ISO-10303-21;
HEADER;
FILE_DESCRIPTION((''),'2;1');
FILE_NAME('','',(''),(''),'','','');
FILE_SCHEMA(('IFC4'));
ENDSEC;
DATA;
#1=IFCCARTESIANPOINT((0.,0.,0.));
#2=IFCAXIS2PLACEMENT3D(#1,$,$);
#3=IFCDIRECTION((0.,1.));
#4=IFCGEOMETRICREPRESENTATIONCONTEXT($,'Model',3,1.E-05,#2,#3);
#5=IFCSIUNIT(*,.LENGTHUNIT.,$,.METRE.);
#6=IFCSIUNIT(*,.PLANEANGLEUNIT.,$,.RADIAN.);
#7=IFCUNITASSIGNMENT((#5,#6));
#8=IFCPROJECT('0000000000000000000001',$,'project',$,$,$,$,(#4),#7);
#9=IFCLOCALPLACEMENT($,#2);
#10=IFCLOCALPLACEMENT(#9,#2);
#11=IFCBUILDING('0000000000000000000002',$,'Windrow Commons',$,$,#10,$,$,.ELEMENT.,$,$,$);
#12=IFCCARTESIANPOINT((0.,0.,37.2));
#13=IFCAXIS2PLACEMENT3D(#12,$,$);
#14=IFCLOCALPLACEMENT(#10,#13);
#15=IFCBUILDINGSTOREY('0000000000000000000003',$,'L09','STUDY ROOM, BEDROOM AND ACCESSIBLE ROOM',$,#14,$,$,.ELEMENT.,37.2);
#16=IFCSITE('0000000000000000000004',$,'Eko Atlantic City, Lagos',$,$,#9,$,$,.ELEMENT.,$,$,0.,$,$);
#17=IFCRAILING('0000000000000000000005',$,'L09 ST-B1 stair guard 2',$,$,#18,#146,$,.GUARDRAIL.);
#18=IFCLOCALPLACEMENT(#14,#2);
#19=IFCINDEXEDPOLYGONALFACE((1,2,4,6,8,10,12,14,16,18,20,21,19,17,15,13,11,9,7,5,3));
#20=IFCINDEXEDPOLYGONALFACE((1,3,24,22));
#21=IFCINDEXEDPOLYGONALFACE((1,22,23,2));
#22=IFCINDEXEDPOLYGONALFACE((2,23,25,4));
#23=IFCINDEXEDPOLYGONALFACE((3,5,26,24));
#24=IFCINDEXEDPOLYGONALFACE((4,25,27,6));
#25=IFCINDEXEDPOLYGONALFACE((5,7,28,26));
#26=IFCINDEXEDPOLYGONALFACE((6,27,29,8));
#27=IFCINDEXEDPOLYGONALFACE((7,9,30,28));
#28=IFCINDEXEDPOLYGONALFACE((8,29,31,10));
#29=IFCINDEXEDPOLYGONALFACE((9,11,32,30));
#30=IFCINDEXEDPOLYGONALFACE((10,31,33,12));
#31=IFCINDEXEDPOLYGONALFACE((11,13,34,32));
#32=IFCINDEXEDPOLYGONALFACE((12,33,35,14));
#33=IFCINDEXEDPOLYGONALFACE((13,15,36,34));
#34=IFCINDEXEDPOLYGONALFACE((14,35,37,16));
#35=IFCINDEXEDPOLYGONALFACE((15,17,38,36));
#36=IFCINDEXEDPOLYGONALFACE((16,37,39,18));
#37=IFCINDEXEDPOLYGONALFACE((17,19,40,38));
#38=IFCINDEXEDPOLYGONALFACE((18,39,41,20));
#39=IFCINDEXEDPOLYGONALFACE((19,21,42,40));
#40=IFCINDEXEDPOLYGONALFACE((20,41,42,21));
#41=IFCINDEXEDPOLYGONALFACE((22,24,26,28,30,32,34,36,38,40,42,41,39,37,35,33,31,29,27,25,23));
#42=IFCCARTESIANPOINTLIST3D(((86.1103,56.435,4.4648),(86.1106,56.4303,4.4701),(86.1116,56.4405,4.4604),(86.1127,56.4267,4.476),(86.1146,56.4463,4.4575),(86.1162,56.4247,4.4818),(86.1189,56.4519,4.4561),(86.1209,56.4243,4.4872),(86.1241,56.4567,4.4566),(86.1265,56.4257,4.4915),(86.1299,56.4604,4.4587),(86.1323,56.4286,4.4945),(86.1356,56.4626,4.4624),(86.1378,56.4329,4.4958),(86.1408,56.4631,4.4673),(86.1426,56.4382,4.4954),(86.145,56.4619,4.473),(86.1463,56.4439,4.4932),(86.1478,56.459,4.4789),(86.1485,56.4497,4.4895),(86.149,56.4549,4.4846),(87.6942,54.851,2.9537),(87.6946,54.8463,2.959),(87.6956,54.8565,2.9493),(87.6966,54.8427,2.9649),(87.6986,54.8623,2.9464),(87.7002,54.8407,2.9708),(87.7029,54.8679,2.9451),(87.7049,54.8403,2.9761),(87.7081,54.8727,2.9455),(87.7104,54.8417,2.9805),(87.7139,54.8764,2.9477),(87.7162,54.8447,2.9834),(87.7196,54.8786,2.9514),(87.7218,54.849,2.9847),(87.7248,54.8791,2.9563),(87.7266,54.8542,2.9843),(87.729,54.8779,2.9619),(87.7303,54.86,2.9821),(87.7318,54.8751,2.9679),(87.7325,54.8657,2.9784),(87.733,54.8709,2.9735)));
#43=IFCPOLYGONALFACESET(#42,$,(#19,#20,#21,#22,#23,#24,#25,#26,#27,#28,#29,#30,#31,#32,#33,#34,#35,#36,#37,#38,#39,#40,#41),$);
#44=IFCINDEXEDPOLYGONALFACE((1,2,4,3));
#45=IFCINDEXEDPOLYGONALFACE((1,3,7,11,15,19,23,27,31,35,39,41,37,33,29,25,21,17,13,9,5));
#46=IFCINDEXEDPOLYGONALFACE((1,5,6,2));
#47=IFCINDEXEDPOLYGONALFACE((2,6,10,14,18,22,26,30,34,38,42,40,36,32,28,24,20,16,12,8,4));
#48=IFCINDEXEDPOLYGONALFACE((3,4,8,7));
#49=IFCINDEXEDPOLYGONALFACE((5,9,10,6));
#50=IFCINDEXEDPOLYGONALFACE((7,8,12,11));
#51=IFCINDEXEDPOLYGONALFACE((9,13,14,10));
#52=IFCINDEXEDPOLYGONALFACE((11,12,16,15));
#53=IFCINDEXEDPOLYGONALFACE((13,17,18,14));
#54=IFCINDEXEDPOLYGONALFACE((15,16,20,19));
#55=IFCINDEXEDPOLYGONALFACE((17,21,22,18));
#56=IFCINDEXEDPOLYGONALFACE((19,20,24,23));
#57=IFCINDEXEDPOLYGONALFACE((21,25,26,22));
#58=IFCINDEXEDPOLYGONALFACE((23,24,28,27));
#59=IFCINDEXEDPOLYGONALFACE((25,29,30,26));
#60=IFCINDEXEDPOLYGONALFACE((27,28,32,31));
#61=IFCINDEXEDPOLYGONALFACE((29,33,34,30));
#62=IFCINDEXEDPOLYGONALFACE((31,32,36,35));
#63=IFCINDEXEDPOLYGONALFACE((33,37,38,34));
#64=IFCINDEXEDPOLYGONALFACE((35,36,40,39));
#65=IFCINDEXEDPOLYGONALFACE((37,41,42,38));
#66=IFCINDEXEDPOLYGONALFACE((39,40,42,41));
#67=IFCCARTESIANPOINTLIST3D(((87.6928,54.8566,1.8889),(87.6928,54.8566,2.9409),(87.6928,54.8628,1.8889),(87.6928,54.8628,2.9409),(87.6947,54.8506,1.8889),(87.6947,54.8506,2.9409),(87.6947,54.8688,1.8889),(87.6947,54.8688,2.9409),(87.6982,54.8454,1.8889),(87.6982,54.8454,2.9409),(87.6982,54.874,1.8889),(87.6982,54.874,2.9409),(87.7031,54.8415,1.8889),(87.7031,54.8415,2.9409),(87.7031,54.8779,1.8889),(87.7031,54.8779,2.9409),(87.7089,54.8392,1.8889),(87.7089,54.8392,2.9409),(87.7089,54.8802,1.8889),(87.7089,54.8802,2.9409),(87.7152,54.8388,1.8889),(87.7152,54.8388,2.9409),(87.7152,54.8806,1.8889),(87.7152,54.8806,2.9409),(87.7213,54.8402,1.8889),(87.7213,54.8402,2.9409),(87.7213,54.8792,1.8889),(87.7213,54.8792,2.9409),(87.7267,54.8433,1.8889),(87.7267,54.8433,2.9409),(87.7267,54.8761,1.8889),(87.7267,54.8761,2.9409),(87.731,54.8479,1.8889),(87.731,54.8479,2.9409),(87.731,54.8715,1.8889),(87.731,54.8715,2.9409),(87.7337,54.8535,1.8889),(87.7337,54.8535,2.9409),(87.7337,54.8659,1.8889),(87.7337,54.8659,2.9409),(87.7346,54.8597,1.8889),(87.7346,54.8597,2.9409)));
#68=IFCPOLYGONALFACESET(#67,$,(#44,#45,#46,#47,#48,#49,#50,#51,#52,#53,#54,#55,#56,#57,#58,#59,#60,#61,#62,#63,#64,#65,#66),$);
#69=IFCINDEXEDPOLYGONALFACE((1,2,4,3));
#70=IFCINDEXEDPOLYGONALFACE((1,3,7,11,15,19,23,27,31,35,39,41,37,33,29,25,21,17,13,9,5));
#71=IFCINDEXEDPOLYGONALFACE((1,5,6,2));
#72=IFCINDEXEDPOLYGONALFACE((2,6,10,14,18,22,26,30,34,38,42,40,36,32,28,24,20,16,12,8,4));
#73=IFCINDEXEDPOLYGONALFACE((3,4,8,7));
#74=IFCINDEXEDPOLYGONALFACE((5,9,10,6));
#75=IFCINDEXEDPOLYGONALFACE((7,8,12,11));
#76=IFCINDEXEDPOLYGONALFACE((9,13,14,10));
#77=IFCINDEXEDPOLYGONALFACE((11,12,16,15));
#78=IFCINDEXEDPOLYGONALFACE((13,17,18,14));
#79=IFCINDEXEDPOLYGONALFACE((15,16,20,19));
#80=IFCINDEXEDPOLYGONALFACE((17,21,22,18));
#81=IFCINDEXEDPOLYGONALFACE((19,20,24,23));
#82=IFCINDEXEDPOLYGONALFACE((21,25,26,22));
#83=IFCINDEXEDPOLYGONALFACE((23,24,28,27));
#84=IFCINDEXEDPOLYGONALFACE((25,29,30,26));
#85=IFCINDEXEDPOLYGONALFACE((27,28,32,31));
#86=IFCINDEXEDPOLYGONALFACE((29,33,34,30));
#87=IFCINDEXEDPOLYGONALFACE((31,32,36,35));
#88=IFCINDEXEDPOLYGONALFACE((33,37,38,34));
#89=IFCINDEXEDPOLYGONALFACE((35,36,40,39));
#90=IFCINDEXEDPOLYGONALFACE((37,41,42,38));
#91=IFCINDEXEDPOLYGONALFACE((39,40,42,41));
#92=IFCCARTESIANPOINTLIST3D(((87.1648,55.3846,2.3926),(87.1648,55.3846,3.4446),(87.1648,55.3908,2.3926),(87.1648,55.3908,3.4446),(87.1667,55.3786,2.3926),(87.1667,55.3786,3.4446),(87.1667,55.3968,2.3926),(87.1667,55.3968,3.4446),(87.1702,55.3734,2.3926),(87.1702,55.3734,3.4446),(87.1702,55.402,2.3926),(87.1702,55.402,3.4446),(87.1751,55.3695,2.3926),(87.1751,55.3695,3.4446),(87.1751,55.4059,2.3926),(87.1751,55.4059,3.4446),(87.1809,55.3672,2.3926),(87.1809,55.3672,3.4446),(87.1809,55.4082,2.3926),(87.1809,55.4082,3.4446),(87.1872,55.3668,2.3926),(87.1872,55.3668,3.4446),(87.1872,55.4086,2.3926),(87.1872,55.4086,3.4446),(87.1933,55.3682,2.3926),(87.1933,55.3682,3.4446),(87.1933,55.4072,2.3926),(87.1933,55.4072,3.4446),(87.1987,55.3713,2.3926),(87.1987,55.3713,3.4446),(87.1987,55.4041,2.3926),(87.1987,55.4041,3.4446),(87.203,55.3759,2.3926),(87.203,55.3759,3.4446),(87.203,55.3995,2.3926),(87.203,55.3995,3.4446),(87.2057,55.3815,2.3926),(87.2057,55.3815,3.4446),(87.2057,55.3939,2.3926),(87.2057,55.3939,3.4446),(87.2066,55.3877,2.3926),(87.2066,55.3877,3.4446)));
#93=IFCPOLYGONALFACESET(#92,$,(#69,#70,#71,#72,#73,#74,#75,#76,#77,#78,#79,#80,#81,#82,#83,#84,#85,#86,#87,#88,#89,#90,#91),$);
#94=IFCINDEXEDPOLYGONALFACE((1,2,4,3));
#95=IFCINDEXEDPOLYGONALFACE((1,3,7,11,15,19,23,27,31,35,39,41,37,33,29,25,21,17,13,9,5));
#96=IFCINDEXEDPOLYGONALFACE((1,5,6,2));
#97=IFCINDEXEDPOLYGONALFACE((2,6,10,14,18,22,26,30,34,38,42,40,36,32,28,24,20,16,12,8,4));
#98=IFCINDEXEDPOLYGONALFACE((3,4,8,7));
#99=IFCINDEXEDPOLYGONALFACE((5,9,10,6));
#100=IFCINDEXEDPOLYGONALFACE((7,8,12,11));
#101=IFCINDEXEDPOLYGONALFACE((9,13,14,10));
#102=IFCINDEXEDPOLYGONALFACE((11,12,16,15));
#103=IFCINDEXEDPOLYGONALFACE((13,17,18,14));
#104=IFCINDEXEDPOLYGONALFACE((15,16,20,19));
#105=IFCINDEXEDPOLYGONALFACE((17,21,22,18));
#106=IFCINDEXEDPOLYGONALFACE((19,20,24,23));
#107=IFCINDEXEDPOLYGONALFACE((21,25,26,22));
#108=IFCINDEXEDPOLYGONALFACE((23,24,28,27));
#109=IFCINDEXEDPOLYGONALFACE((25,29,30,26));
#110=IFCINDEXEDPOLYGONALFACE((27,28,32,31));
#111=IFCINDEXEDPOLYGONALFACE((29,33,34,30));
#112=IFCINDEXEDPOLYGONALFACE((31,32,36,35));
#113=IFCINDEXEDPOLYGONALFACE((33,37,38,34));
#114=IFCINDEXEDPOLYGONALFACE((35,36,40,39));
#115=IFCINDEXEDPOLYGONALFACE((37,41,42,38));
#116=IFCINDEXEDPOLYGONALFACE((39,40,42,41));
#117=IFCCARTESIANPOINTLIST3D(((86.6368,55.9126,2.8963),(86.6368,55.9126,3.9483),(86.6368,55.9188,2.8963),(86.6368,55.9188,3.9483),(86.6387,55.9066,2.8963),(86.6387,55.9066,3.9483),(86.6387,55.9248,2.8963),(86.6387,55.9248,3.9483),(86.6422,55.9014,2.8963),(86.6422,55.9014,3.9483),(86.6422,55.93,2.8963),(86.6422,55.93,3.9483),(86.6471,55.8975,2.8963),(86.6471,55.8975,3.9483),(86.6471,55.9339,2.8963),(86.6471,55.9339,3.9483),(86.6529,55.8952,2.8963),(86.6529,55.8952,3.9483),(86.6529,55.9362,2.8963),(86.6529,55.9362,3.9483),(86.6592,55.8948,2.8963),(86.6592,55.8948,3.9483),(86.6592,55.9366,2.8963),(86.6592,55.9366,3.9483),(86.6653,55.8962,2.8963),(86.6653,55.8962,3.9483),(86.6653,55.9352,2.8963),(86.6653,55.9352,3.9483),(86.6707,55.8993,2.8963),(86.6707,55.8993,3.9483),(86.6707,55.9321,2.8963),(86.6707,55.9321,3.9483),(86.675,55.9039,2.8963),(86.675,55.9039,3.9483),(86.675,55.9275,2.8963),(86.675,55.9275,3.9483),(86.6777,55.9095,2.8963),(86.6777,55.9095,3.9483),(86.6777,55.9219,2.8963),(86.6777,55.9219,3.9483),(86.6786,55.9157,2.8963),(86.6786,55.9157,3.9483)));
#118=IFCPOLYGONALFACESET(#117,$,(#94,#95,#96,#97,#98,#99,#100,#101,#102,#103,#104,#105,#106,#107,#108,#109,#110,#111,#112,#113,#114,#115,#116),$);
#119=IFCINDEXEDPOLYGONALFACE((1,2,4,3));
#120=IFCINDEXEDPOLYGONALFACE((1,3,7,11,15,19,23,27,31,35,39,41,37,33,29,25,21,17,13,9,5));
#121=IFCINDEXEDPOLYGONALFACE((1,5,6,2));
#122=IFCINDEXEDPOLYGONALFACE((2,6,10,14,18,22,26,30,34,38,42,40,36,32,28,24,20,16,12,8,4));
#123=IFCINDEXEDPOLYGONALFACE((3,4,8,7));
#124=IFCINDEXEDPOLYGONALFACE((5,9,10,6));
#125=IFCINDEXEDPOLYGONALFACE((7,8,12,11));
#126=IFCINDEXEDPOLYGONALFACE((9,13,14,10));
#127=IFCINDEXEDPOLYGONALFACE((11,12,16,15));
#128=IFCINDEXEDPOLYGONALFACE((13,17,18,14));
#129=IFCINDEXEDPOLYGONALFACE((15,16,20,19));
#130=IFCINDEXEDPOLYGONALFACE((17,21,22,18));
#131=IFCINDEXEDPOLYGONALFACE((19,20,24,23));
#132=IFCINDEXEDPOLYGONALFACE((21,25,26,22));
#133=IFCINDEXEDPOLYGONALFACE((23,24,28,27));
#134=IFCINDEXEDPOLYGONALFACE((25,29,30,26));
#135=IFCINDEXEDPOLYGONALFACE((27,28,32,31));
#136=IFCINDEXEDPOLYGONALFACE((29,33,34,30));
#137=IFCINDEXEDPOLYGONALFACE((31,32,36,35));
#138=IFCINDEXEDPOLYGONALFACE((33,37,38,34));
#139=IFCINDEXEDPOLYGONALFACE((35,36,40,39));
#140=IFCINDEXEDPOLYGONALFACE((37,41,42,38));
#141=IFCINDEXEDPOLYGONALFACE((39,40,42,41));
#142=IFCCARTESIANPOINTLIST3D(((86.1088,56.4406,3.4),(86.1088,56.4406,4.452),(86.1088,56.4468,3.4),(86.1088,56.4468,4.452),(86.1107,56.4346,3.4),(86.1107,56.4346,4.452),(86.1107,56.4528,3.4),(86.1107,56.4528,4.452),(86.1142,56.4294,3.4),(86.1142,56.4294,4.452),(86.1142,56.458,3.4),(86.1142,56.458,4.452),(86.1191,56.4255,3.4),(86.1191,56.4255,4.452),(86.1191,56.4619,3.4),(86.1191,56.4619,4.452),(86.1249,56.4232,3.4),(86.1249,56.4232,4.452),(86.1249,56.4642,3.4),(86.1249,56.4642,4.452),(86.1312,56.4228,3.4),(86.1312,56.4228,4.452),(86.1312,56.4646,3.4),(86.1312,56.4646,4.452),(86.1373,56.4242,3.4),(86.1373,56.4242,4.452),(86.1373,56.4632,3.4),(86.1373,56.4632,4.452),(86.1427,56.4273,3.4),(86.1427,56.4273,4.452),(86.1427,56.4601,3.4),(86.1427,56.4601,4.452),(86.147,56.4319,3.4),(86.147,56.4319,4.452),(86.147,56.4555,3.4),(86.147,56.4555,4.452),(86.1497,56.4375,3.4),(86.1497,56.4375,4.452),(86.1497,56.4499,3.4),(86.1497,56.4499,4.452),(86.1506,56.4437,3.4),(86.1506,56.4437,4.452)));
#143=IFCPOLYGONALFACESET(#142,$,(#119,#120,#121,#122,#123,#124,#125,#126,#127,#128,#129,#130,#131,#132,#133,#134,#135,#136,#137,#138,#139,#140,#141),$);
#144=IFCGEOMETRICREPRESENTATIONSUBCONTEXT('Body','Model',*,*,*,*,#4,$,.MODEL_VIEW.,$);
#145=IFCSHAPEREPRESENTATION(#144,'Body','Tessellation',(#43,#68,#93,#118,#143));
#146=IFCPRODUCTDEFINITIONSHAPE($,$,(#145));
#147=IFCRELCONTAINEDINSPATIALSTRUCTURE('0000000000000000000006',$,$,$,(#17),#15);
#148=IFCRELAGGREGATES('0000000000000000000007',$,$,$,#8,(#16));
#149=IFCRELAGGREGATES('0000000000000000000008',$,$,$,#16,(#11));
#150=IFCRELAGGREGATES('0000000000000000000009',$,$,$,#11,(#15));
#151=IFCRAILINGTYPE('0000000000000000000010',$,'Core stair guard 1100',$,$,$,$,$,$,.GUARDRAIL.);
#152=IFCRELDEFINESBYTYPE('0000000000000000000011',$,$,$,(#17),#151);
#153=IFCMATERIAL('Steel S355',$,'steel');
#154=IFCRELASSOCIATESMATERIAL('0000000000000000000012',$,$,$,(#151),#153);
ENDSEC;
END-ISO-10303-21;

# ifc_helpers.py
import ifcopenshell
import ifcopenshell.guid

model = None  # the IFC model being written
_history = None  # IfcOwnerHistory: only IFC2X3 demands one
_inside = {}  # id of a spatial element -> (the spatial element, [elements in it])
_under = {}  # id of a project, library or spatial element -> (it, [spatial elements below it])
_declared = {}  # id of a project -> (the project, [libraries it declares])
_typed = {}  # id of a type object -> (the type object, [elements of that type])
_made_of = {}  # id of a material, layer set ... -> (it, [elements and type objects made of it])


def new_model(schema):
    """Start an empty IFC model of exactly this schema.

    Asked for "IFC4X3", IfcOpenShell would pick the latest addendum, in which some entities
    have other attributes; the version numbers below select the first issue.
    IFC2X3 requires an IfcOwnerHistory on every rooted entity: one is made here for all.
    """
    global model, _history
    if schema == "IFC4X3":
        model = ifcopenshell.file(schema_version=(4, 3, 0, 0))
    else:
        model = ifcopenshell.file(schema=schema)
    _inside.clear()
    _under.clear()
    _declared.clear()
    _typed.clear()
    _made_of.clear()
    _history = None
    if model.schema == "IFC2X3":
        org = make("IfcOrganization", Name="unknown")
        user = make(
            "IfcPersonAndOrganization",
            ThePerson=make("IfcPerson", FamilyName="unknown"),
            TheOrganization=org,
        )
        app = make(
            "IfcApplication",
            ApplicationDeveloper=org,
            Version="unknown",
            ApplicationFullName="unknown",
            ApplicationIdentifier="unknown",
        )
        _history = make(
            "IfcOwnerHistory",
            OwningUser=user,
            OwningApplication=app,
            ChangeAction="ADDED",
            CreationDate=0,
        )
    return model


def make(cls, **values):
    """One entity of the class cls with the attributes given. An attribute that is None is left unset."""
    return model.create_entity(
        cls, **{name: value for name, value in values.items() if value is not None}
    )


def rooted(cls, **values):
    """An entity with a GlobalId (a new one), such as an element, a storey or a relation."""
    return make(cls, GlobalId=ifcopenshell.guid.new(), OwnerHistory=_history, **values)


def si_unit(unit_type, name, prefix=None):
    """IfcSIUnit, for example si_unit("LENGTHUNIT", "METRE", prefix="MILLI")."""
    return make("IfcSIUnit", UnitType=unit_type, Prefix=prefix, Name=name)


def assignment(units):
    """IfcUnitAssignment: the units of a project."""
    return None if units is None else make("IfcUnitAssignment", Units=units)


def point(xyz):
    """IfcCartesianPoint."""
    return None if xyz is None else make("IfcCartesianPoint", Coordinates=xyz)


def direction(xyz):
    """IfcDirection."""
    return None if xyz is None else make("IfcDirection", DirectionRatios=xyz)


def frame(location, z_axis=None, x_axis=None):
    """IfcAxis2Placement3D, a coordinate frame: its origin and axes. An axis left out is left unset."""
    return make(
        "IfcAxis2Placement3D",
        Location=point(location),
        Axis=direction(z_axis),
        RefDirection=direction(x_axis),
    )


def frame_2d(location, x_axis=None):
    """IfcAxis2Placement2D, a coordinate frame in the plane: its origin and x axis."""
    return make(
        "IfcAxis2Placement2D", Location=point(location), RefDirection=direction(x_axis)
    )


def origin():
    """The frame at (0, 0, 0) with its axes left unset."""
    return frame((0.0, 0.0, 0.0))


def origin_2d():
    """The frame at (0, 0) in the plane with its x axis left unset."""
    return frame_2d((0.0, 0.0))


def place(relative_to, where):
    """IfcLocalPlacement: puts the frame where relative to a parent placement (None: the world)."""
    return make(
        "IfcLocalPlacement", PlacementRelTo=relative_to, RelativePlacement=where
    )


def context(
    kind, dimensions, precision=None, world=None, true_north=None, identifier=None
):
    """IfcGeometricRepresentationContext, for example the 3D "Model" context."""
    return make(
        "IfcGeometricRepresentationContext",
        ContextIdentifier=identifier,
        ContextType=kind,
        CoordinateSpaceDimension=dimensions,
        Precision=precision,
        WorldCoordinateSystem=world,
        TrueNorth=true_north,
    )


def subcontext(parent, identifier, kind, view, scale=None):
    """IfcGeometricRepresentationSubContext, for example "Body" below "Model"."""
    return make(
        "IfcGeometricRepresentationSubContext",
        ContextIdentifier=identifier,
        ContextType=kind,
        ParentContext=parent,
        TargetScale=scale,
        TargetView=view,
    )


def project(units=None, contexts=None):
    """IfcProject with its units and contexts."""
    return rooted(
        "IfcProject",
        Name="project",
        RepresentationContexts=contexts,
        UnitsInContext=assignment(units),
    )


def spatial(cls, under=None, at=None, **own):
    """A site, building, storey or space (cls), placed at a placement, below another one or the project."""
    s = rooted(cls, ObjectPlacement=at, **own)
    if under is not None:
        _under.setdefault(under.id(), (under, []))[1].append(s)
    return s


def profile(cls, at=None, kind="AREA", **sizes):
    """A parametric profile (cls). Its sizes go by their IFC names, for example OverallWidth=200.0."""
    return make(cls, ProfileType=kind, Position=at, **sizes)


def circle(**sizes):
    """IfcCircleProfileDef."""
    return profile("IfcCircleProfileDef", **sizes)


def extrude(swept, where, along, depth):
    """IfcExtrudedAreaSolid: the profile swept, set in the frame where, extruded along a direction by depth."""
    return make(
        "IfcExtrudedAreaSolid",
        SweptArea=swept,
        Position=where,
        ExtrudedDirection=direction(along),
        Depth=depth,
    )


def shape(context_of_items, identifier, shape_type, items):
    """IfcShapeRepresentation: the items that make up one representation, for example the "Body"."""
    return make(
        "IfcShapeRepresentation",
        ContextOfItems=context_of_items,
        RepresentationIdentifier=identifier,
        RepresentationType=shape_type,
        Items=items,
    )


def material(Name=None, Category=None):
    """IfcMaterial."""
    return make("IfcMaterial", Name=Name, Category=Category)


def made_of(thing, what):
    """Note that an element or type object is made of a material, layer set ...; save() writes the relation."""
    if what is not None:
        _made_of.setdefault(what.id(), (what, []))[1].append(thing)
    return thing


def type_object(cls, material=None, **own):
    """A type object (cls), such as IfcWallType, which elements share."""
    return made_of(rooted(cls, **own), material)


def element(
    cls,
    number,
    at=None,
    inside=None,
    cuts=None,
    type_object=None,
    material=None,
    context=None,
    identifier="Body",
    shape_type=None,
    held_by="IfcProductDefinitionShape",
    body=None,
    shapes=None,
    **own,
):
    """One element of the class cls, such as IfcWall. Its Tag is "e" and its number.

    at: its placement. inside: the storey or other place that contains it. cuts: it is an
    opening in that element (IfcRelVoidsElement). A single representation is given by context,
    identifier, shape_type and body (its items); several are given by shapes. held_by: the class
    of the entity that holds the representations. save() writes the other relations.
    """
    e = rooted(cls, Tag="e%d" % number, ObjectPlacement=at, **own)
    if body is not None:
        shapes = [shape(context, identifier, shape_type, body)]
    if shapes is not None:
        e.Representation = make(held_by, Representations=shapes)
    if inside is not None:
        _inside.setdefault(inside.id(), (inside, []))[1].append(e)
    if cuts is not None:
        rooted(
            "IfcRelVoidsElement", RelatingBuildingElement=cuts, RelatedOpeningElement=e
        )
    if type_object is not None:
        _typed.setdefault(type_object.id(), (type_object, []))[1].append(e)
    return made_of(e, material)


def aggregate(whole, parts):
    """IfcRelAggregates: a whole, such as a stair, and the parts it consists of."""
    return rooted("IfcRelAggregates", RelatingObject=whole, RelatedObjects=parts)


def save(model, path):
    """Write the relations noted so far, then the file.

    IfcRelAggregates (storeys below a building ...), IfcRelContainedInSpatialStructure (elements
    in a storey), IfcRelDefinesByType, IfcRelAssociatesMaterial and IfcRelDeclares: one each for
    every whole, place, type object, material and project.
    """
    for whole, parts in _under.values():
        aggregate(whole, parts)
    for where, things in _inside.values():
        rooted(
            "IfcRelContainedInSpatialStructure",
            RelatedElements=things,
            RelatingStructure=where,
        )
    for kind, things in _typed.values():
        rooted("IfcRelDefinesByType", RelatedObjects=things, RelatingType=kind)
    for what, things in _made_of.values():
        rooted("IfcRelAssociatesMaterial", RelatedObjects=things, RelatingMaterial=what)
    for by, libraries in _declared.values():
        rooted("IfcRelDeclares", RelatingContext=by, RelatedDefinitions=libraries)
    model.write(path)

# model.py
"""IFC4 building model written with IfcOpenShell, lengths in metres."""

from ifc_helpers import new_model, si_unit, direction, frame, origin, origin_2d, place, context, subcontext, project, spatial, circle, extrude, material, type_object, element, save


model = new_model("IFC4")

# Units and contexts
model_context = context("Model", 3, precision=1e-05, world=origin(), true_north=direction((0.0, 1.0)))
body_context = subcontext(model_context, "Body", "Model", "MODEL_VIEW")
ifc_project = project(units=[si_unit("LENGTHUNIT", "METRE"), si_unit("PLANEANGLEUNIT", "RADIAN")], contexts=[model_context])

# Site, building, storey
site_placement = place(None, origin())
site = spatial("IfcSite", under=ifc_project, at=site_placement, Name="Eko Atlantic City, Lagos", CompositionType="ELEMENT", RefElevation=0.0)
building_placement = place(site_placement, origin())
building = spatial("IfcBuilding", under=site, at=building_placement, Name="Windrow Commons", CompositionType="ELEMENT")
storey_placement = place(building_placement, frame((0.0, 0.0, 37.2)))
storey = spatial("IfcBuildingStorey", under=building, at=storey_placement, Name="L09", Description="STUDY ROOM, BEDROOM AND ACCESSIBLE ROOM", CompositionType="ELEMENT", Elevation=37.2)

# Railing
ifc_material_1 = material(Name="Steel S355", Category="steel")
railing_type_1 = type_object("IfcRailingType", Name="Core stair guard 1100", PredefinedType="GUARDRAIL", material=ifc_material_1)
railing_1_placement = place(storey_placement, frame((87.7136, 54.8597, 1.8889)))
element("IfcRailing", 1, at=railing_1_placement, inside=storey, type_object=railing_type_1, Name="L09 ST-B1 stair guard 2", PredefinedType="GUARDRAIL", context=body_context, shape_type="SweptSolid", body=[
    extrude(circle(Radius=0.024, at=origin_2d()), frame((0.0, 0.0, 1.076), z_axis=(-0.586203, 0.586203, 0.559224), x_axis=(-0.707107, -0.707107, 0.0)), (0.0, 0.0, 1.0), 2.7021),
    extrude(circle(Radius=0.021, at=origin_2d()), origin(), (0.0, 0.0, 1.0), 1.052),
    extrude(circle(Radius=0.021, at=origin_2d()), frame((-0.528, 0.528, 0.5037)), (0.0, 0.0, 1.0), 1.052),
    extrude(circle(Radius=0.021, at=origin_2d()), frame((-1.056, 1.056, 1.0074)), (0.0, 0.0, 1.0), 1.052),
    extrude(circle(Radius=0.021, at=origin_2d()), frame((-1.584, 1.584, 1.5111)), (0.0, 0.0, 1.0), 1.052),
])

save(model, "model.ifc")
